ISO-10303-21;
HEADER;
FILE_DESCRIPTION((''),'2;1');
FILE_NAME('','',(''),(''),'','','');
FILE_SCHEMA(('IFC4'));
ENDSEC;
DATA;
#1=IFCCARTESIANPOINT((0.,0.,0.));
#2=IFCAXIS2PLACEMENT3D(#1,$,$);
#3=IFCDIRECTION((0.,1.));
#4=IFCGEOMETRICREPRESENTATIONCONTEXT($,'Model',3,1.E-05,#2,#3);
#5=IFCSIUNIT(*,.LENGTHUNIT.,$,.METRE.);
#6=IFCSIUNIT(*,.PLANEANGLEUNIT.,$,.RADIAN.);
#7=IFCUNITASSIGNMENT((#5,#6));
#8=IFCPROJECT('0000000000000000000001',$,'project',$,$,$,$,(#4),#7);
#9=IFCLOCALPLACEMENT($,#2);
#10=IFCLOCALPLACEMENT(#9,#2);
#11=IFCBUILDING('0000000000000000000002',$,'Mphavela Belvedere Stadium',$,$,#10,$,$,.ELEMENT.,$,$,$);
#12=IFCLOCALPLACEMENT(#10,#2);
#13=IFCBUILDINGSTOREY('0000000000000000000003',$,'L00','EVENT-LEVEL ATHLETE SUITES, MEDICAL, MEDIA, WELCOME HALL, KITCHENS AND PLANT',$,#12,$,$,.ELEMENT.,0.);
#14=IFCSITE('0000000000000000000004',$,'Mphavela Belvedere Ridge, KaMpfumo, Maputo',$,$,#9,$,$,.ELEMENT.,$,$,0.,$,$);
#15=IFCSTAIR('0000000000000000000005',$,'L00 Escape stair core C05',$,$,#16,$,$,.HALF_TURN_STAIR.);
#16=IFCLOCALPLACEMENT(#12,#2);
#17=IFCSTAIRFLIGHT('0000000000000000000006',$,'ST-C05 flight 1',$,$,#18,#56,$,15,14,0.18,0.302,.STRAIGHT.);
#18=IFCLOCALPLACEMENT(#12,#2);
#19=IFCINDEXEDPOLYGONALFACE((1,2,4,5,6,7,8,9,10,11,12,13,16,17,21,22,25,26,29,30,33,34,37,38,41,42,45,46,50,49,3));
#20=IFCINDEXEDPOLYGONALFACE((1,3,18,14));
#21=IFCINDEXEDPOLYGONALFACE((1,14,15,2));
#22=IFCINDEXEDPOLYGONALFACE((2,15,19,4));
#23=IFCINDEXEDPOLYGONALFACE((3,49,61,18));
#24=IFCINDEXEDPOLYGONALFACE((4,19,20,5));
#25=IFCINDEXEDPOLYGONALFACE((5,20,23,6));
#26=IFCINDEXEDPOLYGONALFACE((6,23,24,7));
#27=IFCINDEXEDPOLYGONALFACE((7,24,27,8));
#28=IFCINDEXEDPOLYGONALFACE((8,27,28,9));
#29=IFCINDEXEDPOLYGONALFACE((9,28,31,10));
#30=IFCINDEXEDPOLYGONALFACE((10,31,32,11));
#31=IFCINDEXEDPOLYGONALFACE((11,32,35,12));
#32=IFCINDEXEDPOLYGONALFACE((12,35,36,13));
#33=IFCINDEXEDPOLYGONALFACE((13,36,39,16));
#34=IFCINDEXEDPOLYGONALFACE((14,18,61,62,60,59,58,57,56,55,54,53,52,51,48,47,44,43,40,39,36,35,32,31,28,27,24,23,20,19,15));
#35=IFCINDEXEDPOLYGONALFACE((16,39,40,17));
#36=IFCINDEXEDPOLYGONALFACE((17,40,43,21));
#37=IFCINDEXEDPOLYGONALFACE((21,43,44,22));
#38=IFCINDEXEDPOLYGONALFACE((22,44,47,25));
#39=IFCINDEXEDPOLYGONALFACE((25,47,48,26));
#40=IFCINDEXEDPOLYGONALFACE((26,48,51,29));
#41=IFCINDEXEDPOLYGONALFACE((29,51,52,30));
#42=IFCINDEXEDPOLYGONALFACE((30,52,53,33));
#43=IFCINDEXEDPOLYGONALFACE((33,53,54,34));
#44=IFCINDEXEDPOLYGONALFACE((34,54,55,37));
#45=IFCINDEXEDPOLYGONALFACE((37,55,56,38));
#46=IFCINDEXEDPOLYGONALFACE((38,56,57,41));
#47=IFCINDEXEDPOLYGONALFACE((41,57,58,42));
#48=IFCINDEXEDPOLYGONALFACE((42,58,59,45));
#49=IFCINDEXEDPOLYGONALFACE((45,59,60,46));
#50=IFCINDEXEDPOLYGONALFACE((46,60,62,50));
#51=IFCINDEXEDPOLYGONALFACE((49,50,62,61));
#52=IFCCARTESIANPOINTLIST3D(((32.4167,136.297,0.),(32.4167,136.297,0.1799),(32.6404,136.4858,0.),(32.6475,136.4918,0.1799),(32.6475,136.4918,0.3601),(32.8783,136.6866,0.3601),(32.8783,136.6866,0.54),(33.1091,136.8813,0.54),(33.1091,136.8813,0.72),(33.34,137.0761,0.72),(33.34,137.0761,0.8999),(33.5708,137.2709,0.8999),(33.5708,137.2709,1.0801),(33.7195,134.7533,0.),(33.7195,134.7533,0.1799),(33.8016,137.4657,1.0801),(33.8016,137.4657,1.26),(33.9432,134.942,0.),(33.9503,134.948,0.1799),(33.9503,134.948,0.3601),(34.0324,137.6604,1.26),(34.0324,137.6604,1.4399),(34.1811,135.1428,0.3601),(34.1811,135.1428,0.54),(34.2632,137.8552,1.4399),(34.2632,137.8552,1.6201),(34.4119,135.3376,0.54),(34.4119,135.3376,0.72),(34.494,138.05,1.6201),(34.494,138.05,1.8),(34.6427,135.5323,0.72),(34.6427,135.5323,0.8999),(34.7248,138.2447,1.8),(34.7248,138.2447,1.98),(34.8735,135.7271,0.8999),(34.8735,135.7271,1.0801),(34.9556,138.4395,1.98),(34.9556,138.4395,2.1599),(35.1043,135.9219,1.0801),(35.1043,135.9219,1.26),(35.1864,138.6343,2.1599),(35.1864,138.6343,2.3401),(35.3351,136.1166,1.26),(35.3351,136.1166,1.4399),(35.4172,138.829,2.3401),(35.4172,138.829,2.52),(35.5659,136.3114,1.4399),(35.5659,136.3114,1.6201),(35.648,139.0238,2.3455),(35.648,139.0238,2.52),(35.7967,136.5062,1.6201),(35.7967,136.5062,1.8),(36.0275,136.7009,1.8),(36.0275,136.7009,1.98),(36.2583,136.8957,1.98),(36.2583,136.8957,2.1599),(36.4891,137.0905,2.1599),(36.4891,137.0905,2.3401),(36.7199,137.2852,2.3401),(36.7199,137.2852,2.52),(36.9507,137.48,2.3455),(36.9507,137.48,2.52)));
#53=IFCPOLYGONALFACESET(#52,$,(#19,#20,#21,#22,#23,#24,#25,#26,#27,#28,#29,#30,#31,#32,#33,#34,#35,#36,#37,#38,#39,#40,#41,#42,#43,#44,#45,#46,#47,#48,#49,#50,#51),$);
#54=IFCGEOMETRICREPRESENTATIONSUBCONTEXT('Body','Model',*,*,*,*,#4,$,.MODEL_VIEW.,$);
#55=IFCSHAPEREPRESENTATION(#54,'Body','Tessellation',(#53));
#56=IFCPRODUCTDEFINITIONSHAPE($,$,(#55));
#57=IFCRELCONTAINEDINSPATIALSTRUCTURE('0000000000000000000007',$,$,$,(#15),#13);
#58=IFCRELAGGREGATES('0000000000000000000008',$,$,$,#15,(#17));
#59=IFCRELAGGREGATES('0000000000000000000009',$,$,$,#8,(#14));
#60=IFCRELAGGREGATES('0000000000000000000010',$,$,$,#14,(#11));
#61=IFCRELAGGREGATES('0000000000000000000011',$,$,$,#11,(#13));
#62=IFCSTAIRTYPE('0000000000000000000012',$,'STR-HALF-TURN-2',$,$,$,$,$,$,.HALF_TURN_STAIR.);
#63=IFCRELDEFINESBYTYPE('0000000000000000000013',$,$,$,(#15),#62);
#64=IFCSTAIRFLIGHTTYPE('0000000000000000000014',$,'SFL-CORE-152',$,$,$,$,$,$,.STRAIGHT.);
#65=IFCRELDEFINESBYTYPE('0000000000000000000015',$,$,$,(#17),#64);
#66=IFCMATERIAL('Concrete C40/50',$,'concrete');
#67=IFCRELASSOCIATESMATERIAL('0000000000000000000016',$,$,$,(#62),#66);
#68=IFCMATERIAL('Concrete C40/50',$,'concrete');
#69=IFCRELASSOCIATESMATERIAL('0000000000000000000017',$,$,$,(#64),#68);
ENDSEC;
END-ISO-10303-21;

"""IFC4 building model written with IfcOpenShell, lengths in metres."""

from ifc_helpers import new_model, si_unit, direction, frame, origin, place, context, subcontext, project, spatial, polyline, outline, extrude, material, type_object, element, aggregate, save


model = new_model("IFC4")

# Units and contexts
model_context = context("Model", 3, precision=1e-05, world=origin(), true_north=direction((0.0, 1.0)))
body_context = subcontext(model_context, "Body", "Model", "MODEL_VIEW")
ifc_project = project(units=[si_unit("LENGTHUNIT", "METRE"), si_unit("PLANEANGLEUNIT", "RADIAN")], contexts=[model_context])

# Site, building, storey
site_placement = place(None, origin())
site = spatial("IfcSite", under=ifc_project, at=site_placement, Name="Mphavela Belvedere Ridge, KaMpfumo, Maputo", CompositionType="ELEMENT", RefElevation=0.0)
building_placement = place(site_placement, origin())
building = spatial("IfcBuilding", under=site, at=building_placement, Name="Mphavela Belvedere Stadium", CompositionType="ELEMENT")
storey_placement = place(building_placement, origin())
storey = spatial("IfcBuildingStorey", under=building, at=storey_placement, Name="L00", Description="EVENT-LEVEL ATHLETE SUITES, MEDICAL, MEDIA, WELCOME HALL, KITCHENS AND PLANT", CompositionType="ELEMENT", Elevation=0.0)

# Stair, stair flight
ifc_material_1 = material(Name="Concrete C40/50", Category="concrete")
stair_type = type_object("IfcStairType", Name="STR-HALF-TURN-2", PredefinedType="HALF_TURN_STAIR", material=ifc_material_1)
stair_placement = place(storey_placement, origin())
stair = element("IfcStair", 1, at=stair_placement, inside=storey, type_object=stair_type, Name="L00 Escape stair core C05", PredefinedType="HALF_TURN_STAIR")
ifc_material_2 = material(Name="Concrete C40/50", Category="concrete")
stair_flight_type = type_object("IfcStairFlightType", Name="SFL-CORE-152", PredefinedType="STRAIGHT", material=ifc_material_2)
stair_flight_placement = place(storey_placement, frame((33.0681, 135.5251, 0.0), z_axis=(0.0, 0.0, 1.0), x_axis=(0.764246, 0.644924, 0.0)))
stair_flight = element("IfcStairFlight", 2, at=stair_flight_placement, type_object=stair_flight_type, Name="ST-C05 flight 1", NumberOfRisers=15, NumberOfTreads=14, PredefinedType="STRAIGHT", RiserHeight=0.18, TreadLength=0.302, context=body_context, shape_type="SweptSolid", body=[
    extrude(outline(polyline([(0.0, 0.0), (0.0, 0.1799), (0.302, 0.1799), (0.302, 0.3601), (0.604, 0.3601), (0.604, 0.54), (0.906, 0.54), (0.906, 0.72), (1.208, 0.72), (1.208, 0.8999), (1.51, 0.8999), (1.51, 1.0801), (1.812, 1.0801), (1.812, 1.26), (2.114, 1.26), (2.114, 1.4399), (2.416, 1.4399), (2.416, 1.6201), (2.718, 1.6201), (2.718, 1.8), (3.02, 1.8), (3.02, 1.98), (3.322, 1.98), (3.322, 2.1599), (3.624, 2.1599), (3.624, 2.3401), (3.926, 2.3401), (3.926, 2.52), (4.228, 2.52), (4.228, 2.7), (4.228, 2.3455), (0.2927, 0.0), (0.0, 0.0)])), frame((0.0, 1.01, 0.0), z_axis=(0.0, -1.0, 0.0), x_axis=(1.0, 0.0, 0.0)), (0.0, 0.0, 1.0), 2.02),
])
aggregate(stair, [stair_flight])

save(model, "model.ifc")
